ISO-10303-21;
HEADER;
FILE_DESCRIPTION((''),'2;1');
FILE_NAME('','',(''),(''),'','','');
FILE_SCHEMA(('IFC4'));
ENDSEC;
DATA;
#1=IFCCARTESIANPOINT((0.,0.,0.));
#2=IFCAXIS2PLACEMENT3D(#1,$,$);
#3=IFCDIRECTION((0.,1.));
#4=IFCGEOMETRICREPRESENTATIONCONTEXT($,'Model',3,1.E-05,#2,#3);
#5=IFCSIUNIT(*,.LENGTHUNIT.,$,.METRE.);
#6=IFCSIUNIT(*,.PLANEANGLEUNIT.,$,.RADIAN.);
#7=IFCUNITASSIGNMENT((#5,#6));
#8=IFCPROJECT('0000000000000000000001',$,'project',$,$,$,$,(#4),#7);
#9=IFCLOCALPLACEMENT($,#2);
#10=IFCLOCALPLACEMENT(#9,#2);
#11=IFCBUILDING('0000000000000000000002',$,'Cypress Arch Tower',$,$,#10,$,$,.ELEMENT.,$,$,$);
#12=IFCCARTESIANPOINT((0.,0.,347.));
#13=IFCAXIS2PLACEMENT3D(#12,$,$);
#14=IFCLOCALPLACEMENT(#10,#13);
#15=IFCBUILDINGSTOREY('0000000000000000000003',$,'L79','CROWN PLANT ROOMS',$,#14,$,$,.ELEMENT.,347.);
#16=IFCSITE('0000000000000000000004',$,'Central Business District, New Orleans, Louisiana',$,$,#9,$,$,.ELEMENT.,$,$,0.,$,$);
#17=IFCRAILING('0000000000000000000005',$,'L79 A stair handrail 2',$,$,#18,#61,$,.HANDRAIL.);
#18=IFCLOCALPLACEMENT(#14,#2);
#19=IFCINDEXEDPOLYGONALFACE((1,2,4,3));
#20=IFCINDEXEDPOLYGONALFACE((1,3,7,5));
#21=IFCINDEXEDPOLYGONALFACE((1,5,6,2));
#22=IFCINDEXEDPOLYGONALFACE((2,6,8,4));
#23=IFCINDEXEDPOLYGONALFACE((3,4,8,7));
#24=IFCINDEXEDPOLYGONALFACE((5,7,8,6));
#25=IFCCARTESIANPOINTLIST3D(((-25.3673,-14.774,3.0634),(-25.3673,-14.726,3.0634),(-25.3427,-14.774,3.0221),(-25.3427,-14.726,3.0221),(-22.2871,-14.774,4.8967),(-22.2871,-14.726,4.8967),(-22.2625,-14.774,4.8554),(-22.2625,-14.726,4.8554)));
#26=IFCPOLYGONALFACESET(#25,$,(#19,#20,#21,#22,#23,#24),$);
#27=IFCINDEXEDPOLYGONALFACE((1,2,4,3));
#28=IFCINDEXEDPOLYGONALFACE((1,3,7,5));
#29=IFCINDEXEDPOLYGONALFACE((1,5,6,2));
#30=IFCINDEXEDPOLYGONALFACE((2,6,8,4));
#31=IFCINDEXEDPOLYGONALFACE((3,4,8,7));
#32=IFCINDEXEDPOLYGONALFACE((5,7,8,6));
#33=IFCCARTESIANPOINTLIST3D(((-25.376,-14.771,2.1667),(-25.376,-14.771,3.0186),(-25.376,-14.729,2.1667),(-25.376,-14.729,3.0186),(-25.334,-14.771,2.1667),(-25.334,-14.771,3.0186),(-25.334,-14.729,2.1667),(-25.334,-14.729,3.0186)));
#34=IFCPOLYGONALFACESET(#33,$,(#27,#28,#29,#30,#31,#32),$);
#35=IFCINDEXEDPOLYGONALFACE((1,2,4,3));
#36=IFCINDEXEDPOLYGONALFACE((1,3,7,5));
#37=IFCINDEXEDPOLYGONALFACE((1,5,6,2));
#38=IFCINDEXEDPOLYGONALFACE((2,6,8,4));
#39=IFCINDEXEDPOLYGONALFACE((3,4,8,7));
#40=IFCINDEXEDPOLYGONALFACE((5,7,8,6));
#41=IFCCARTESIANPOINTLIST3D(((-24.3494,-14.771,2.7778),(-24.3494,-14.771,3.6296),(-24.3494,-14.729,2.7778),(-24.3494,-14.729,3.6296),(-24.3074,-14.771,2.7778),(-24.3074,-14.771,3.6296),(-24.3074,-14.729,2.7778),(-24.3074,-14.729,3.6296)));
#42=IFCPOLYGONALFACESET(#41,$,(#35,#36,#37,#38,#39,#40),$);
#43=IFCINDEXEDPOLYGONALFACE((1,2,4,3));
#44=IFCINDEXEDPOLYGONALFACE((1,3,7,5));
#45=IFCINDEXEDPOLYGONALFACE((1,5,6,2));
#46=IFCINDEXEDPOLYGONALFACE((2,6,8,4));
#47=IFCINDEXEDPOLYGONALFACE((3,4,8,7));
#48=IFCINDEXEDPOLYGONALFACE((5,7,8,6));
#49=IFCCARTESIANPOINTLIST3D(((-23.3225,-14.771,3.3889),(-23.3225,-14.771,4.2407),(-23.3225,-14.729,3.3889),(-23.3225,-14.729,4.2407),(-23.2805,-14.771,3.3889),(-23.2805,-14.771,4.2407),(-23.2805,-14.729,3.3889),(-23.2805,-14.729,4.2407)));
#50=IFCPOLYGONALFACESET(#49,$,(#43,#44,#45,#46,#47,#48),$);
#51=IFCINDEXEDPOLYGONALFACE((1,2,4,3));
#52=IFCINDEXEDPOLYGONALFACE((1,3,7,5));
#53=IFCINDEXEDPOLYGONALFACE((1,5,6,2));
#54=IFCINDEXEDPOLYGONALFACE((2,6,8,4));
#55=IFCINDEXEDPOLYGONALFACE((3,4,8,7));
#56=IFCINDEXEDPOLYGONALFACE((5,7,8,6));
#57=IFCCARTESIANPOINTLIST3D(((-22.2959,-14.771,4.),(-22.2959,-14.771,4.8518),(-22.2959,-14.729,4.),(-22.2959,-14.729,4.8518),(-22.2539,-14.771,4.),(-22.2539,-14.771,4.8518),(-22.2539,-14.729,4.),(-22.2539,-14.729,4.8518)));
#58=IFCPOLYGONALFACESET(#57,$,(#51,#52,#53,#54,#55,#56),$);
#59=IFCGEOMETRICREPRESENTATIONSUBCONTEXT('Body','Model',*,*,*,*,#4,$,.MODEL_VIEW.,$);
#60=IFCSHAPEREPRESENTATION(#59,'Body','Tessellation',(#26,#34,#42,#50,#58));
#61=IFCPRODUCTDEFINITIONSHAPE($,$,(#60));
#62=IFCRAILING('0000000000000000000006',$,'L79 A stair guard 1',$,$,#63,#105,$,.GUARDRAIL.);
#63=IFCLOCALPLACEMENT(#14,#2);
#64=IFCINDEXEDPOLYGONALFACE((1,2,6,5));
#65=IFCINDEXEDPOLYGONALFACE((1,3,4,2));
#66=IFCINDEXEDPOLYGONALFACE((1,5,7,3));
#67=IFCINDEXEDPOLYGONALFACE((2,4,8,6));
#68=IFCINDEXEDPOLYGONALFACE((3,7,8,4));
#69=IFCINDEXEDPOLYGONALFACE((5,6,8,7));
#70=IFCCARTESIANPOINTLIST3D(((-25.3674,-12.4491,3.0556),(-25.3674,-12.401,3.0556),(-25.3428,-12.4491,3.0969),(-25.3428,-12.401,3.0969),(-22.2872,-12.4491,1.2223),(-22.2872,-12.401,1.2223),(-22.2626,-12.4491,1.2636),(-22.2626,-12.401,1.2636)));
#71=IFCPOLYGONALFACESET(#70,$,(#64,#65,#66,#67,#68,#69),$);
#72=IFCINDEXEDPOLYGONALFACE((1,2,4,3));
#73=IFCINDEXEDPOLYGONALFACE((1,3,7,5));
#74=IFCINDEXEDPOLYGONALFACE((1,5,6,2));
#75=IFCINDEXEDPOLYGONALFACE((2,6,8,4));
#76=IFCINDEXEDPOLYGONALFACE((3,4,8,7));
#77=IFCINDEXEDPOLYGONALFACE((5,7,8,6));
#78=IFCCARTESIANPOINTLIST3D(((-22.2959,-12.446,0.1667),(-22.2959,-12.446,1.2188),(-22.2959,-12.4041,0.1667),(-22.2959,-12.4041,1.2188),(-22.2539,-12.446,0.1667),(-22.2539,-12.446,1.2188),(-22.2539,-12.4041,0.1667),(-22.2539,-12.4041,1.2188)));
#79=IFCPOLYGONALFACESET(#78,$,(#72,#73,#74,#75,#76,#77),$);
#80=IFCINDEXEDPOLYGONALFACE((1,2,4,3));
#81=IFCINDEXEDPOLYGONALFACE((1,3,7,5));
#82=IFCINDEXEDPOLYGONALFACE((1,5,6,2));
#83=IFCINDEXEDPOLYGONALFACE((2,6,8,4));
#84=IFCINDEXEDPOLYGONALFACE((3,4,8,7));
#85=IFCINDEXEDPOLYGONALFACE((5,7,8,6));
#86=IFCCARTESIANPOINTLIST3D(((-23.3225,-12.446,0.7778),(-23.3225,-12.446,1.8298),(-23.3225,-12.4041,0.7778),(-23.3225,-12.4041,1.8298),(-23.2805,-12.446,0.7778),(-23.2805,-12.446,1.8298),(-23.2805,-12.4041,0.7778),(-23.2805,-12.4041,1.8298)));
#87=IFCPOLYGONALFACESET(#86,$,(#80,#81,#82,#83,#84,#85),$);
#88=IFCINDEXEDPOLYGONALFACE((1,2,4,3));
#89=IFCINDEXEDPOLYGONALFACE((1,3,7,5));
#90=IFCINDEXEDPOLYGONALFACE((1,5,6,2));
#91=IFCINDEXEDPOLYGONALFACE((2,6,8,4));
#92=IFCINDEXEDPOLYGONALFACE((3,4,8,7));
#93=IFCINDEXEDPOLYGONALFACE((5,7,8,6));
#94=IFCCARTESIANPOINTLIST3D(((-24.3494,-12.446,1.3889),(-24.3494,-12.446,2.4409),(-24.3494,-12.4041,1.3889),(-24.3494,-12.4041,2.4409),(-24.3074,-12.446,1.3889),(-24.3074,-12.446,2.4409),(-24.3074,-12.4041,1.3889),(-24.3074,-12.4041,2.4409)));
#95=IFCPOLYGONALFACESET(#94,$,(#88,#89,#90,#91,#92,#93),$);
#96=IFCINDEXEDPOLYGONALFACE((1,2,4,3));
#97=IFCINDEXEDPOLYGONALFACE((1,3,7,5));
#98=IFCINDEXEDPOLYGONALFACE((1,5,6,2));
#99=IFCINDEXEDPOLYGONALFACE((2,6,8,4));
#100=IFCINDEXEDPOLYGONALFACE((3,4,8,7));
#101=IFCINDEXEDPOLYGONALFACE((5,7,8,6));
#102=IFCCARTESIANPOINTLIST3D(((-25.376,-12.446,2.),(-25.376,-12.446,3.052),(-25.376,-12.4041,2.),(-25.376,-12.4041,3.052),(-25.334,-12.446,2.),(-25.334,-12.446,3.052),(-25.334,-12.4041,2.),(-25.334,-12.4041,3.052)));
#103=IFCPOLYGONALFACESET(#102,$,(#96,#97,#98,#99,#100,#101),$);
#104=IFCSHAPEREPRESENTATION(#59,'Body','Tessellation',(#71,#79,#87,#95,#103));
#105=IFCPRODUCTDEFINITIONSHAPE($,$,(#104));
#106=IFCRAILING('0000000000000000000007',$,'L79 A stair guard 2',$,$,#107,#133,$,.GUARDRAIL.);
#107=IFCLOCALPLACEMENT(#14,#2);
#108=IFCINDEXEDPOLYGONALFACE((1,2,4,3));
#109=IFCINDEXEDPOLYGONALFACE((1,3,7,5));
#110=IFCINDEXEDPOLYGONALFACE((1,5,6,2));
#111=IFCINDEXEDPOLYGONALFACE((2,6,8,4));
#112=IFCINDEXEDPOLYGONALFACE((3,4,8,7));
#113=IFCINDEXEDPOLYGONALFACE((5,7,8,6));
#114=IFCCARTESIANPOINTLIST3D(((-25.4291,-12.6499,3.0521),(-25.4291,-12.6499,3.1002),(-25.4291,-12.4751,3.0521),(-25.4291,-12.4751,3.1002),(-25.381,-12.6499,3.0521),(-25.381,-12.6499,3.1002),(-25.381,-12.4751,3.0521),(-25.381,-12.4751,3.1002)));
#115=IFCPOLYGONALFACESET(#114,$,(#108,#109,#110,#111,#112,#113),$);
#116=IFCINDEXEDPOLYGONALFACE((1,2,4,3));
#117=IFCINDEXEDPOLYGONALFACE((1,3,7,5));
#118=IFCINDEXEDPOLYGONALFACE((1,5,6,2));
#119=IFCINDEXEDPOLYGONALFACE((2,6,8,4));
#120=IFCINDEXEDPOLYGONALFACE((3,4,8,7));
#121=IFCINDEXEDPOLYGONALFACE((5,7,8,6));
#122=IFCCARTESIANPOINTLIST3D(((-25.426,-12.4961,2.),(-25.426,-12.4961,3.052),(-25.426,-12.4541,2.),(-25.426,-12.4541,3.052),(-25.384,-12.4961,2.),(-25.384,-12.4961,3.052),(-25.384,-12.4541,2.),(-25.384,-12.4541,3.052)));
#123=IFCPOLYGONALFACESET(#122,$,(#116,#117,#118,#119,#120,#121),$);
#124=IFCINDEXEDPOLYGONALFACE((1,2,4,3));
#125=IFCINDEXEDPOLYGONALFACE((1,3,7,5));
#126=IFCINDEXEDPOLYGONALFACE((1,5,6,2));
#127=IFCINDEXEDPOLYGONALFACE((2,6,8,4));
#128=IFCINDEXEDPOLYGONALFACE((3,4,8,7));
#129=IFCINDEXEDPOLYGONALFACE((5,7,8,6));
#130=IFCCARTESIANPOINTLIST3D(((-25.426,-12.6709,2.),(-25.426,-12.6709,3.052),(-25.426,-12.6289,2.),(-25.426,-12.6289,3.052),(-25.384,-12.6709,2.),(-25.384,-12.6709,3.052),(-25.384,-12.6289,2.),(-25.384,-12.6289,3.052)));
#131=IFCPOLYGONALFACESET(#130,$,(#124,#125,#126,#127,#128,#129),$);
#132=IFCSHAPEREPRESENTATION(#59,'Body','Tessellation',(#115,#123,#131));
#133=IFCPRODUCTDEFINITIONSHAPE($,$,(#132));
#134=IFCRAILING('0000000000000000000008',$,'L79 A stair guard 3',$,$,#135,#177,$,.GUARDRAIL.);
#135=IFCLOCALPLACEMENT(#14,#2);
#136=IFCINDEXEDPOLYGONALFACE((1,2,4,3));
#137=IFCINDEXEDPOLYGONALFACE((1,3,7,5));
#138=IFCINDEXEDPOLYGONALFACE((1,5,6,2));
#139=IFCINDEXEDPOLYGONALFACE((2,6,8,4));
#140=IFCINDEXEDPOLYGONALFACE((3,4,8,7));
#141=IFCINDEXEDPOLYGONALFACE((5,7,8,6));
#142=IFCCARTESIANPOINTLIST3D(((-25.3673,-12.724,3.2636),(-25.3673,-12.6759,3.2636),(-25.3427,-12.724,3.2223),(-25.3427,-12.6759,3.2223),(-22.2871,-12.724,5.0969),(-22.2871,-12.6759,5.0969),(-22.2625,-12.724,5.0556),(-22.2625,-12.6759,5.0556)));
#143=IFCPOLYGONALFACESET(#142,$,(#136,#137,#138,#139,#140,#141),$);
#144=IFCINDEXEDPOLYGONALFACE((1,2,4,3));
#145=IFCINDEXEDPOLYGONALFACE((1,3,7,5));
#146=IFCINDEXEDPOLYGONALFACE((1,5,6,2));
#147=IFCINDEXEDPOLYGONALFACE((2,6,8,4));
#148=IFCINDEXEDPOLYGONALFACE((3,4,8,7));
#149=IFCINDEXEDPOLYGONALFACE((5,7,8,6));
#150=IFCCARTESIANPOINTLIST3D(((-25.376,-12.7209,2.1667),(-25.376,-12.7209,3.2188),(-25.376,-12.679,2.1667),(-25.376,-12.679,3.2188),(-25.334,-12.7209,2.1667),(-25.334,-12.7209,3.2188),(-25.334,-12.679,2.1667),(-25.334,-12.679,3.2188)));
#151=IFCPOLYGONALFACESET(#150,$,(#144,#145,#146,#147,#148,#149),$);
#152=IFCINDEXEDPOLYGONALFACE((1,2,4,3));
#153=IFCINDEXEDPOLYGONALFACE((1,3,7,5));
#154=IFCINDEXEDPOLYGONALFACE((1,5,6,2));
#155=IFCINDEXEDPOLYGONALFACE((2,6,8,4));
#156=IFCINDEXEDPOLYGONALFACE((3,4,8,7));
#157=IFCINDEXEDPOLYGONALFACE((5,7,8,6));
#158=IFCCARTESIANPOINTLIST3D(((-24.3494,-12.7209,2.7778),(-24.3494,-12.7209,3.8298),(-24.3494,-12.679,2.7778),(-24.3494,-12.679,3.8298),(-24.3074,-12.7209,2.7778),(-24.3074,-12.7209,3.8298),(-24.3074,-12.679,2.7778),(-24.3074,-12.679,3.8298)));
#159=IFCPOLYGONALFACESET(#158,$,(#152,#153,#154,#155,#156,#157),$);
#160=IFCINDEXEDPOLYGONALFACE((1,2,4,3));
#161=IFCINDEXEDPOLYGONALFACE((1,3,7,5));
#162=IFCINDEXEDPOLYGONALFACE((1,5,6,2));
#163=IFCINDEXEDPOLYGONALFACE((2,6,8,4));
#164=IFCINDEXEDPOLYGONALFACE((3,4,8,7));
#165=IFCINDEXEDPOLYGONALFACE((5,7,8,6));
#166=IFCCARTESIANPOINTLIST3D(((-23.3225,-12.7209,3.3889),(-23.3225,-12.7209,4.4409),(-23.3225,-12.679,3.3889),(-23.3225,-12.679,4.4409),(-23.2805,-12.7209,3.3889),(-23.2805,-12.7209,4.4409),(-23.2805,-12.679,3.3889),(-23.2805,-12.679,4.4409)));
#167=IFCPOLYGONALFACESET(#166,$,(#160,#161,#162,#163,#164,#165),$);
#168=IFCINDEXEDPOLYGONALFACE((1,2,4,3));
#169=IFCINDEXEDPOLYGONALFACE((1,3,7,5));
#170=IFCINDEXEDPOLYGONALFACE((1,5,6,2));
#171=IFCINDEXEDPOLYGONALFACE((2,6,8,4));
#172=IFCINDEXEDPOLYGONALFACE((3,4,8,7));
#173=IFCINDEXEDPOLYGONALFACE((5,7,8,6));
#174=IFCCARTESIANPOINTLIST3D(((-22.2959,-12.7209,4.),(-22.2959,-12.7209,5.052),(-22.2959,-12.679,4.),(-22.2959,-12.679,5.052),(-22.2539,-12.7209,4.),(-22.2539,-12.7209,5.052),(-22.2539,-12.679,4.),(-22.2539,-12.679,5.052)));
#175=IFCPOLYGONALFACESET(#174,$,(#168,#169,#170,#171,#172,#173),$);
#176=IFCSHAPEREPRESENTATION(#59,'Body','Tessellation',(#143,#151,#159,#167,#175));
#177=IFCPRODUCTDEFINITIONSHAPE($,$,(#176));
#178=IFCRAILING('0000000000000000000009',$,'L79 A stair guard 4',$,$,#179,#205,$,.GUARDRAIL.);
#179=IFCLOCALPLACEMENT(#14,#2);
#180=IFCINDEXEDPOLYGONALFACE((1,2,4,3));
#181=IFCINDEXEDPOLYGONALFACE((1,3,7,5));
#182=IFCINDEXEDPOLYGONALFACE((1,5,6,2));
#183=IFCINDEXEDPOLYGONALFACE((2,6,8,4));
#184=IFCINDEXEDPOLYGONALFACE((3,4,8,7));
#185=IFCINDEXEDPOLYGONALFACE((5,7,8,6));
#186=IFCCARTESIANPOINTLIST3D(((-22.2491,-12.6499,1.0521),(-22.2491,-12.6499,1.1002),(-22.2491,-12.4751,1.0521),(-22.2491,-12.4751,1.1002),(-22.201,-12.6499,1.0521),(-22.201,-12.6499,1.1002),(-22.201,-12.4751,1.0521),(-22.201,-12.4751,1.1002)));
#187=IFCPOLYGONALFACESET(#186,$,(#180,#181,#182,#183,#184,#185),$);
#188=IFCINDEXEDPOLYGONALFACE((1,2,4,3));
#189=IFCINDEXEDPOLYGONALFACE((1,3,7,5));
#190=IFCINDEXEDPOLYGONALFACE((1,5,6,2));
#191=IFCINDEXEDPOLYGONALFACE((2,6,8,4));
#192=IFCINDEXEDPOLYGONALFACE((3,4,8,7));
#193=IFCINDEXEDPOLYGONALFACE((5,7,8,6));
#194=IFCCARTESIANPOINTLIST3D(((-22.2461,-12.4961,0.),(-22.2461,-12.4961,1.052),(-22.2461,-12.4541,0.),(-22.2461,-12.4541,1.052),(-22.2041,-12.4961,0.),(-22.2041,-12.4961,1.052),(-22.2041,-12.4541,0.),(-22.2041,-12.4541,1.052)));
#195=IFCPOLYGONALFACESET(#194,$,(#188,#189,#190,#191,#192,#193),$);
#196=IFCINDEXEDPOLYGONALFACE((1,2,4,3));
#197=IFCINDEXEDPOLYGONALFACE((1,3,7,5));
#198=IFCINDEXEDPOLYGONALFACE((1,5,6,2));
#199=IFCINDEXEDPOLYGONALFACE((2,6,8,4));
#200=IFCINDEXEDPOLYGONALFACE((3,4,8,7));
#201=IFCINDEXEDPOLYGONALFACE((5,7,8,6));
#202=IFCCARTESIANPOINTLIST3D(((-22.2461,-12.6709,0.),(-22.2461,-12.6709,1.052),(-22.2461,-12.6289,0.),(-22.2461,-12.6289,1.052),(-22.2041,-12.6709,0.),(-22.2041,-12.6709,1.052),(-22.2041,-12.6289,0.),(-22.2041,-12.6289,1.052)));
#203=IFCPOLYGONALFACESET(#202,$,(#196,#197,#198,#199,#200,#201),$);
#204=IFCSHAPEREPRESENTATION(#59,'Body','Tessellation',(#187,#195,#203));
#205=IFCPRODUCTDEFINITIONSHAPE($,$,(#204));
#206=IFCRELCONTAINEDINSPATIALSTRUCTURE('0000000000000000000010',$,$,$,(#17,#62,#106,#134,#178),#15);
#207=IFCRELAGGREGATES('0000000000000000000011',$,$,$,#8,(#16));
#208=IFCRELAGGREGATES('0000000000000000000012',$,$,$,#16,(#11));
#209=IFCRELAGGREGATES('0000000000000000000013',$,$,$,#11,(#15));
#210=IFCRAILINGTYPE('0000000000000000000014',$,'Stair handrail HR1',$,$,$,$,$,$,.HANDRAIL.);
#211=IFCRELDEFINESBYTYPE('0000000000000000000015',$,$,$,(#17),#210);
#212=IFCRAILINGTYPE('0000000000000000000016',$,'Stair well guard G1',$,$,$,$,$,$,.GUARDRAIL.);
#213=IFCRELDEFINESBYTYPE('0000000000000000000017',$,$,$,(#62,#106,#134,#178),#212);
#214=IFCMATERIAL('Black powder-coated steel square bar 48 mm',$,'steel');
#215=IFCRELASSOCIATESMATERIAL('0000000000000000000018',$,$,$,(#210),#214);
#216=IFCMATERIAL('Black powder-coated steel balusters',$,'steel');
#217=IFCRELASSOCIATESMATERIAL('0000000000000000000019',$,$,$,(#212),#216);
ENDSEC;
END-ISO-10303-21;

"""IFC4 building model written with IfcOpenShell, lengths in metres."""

from ifc_helpers import new_model, si_unit, direction, frame, origin, origin_2d, place, context, subcontext, project, spatial, rectangle, extrude, material, type_object, element, save


model = new_model("IFC4")

# Units and contexts
model_context = context("Model", 3, precision=1e-05, world=origin(), true_north=direction((0.0, 1.0)))
body_context = subcontext(model_context, "Body", "Model", "MODEL_VIEW")
ifc_project = project(units=[si_unit("LENGTHUNIT", "METRE"), si_unit("PLANEANGLEUNIT", "RADIAN")], contexts=[model_context])

# Site, building, storey
site_placement = place(None, origin())
site = spatial("IfcSite", under=ifc_project, at=site_placement, Name="Central Business District, New Orleans, Louisiana", CompositionType="ELEMENT", RefElevation=0.0)
building_placement = place(site_placement, origin())
building = spatial("IfcBuilding", under=site, at=building_placement, Name="Cypress Arch Tower", CompositionType="ELEMENT")
storey_placement = place(building_placement, frame((0.0, 0.0, 347.0)))
storey = spatial("IfcBuildingStorey", under=building, at=storey_placement, Name="L79", Description="CROWN PLANT ROOMS", CompositionType="ELEMENT", Elevation=347.0)

# Railings
ifc_material_1 = material(Name="Black powder-coated steel square bar 48 mm", Category="steel")
railing_type_1 = type_object("IfcRailingType", Name="Stair handrail HR1", PredefinedType="HANDRAIL", material=ifc_material_1)
railing_1_placement = place(storey_placement, frame((-25.355, -14.75, 2.1667)))
element("IfcRailing", 1, at=railing_1_placement, inside=storey, type_object=railing_type_1, Name="L79 A stair handrail 2", PredefinedType="HANDRAIL", context=body_context, shape_type="SweptSolid", body=[
    extrude(rectangle(XDim=0.0481, YDim=0.0481, at=origin_2d()), frame((0.0, 0.0, 0.876), z_axis=(0.859309, 0.0, 0.511458), x_axis=(0.0, 1.0, 0.0)), (0.0, 0.0, 1.0), 3.5845),
    extrude(rectangle(XDim=0.042, YDim=0.042, at=origin_2d()), origin(), (0.0, 0.0, 1.0), 0.8518),
    extrude(rectangle(XDim=0.042, YDim=0.042, at=origin_2d()), frame((1.0266, 0.0, 0.6111)), (0.0, 0.0, 1.0), 0.8518),
    extrude(rectangle(XDim=0.042, YDim=0.042, at=origin_2d()), frame((2.0535, 0.0, 1.2222)), (0.0, 0.0, 1.0), 0.8518),
    extrude(rectangle(XDim=0.042, YDim=0.042, at=origin_2d()), frame((3.0801, 0.0, 1.8333)), (0.0, 0.0, 1.0), 0.8518),
])
ifc_material_2 = material(Name="Black powder-coated steel balusters", Category="steel")
railing_type_2 = type_object("IfcRailingType", Name="Stair well guard G1", PredefinedType="GUARDRAIL", material=ifc_material_2)
railing_2_placement = place(storey_placement, frame((-22.2749, -12.425, 0.1667)))
element("IfcRailing", 2, at=railing_2_placement, inside=storey, type_object=railing_type_2, Name="L79 A stair guard 1", PredefinedType="GUARDRAIL", context=body_context, shape_type="SweptSolid", body=[
    extrude(rectangle(XDim=0.0481, YDim=0.0481, at=origin_2d()), frame((0.0, 0.0, 1.0762), z_axis=(-0.859309, 0.0, 0.511458), x_axis=(0.0, -1.0, 0.0)), (0.0, 0.0, 1.0), 3.5845),
    extrude(rectangle(XDim=0.042, YDim=0.042, at=origin_2d()), origin(), (0.0, 0.0, 1.0), 1.052),
    extrude(rectangle(XDim=0.042, YDim=0.042, at=origin_2d()), frame((-1.0266, 0.0, 0.6111)), (0.0, 0.0, 1.0), 1.052),
    extrude(rectangle(XDim=0.042, YDim=0.042, at=origin_2d()), frame((-2.0535, 0.0, 1.2222)), (0.0, 0.0, 1.0), 1.052),
    extrude(rectangle(XDim=0.042, YDim=0.042, at=origin_2d()), frame((-3.0801, 0.0, 1.8333)), (0.0, 0.0, 1.0), 1.052),
])
railing_3_placement = place(storey_placement, frame((-25.405, -12.4751, 2.0)))
element("IfcRailing", 3, at=railing_3_placement, inside=storey, type_object=railing_type_2, Name="L79 A stair guard 2", PredefinedType="GUARDRAIL", context=body_context, shape_type="SweptSolid", body=[
    extrude(rectangle(XDim=0.0481, YDim=0.0481, at=origin_2d()), frame((0.0, 0.0, 1.0762), z_axis=(0.0, -1.0, 0.0), x_axis=(1.0, 0.0, 0.0)), (0.0, 0.0, 1.0), 0.1748),
    extrude(rectangle(XDim=0.042, YDim=0.042, at=origin_2d()), origin(), (0.0, 0.0, 1.0), 1.052),
    extrude(rectangle(XDim=0.042, YDim=0.042, at=origin_2d()), frame((0.0, -0.1748, 0.0)), (0.0, 0.0, 1.0), 1.052),
])
railing_4_placement = place(storey_placement, frame((-25.355, -12.7, 2.1667)))
element("IfcRailing", 4, at=railing_4_placement, inside=storey, type_object=railing_type_2, Name="L79 A stair guard 3", PredefinedType="GUARDRAIL", context=body_context, shape_type="SweptSolid", body=[
    extrude(rectangle(XDim=0.0481, YDim=0.0481, at=origin_2d()), frame((0.0, 0.0, 1.0762), z_axis=(0.859309, 0.0, 0.511458), x_axis=(0.0, 1.0, 0.0)), (0.0, 0.0, 1.0), 3.5845),
    extrude(rectangle(XDim=0.042, YDim=0.042, at=origin_2d()), origin(), (0.0, 0.0, 1.0), 1.052),
    extrude(rectangle(XDim=0.042, YDim=0.042, at=origin_2d()), frame((1.0266, 0.0, 0.6111)), (0.0, 0.0, 1.0), 1.052),
    extrude(rectangle(XDim=0.042, YDim=0.042, at=origin_2d()), frame((2.0535, 0.0, 1.2222)), (0.0, 0.0, 1.0), 1.052),
    extrude(rectangle(XDim=0.042, YDim=0.042, at=origin_2d()), frame((3.0801, 0.0, 1.8333)), (0.0, 0.0, 1.0), 1.052),
])
railing_5_placement = place(storey_placement, frame((-22.2251, -12.4751, 0.0)))
element("IfcRailing", 5, at=railing_5_placement, inside=storey, type_object=railing_type_2, Name="L79 A stair guard 4", PredefinedType="GUARDRAIL", context=body_context, shape_type="SweptSolid", body=[
    extrude(rectangle(XDim=0.0481, YDim=0.0481, at=origin_2d()), frame((0.0, 0.0, 1.0762), z_axis=(0.0, -1.0, 0.0), x_axis=(1.0, 0.0, 0.0)), (0.0, 0.0, 1.0), 0.1748),
    extrude(rectangle(XDim=0.042, YDim=0.042, at=origin_2d()), origin(), (0.0, 0.0, 1.0), 1.052),
    extrude(rectangle(XDim=0.042, YDim=0.042, at=origin_2d()), frame((0.0, -0.1748, 0.0)), (0.0, 0.0, 1.0), 1.052),
])

save(model, "model.ifc")
